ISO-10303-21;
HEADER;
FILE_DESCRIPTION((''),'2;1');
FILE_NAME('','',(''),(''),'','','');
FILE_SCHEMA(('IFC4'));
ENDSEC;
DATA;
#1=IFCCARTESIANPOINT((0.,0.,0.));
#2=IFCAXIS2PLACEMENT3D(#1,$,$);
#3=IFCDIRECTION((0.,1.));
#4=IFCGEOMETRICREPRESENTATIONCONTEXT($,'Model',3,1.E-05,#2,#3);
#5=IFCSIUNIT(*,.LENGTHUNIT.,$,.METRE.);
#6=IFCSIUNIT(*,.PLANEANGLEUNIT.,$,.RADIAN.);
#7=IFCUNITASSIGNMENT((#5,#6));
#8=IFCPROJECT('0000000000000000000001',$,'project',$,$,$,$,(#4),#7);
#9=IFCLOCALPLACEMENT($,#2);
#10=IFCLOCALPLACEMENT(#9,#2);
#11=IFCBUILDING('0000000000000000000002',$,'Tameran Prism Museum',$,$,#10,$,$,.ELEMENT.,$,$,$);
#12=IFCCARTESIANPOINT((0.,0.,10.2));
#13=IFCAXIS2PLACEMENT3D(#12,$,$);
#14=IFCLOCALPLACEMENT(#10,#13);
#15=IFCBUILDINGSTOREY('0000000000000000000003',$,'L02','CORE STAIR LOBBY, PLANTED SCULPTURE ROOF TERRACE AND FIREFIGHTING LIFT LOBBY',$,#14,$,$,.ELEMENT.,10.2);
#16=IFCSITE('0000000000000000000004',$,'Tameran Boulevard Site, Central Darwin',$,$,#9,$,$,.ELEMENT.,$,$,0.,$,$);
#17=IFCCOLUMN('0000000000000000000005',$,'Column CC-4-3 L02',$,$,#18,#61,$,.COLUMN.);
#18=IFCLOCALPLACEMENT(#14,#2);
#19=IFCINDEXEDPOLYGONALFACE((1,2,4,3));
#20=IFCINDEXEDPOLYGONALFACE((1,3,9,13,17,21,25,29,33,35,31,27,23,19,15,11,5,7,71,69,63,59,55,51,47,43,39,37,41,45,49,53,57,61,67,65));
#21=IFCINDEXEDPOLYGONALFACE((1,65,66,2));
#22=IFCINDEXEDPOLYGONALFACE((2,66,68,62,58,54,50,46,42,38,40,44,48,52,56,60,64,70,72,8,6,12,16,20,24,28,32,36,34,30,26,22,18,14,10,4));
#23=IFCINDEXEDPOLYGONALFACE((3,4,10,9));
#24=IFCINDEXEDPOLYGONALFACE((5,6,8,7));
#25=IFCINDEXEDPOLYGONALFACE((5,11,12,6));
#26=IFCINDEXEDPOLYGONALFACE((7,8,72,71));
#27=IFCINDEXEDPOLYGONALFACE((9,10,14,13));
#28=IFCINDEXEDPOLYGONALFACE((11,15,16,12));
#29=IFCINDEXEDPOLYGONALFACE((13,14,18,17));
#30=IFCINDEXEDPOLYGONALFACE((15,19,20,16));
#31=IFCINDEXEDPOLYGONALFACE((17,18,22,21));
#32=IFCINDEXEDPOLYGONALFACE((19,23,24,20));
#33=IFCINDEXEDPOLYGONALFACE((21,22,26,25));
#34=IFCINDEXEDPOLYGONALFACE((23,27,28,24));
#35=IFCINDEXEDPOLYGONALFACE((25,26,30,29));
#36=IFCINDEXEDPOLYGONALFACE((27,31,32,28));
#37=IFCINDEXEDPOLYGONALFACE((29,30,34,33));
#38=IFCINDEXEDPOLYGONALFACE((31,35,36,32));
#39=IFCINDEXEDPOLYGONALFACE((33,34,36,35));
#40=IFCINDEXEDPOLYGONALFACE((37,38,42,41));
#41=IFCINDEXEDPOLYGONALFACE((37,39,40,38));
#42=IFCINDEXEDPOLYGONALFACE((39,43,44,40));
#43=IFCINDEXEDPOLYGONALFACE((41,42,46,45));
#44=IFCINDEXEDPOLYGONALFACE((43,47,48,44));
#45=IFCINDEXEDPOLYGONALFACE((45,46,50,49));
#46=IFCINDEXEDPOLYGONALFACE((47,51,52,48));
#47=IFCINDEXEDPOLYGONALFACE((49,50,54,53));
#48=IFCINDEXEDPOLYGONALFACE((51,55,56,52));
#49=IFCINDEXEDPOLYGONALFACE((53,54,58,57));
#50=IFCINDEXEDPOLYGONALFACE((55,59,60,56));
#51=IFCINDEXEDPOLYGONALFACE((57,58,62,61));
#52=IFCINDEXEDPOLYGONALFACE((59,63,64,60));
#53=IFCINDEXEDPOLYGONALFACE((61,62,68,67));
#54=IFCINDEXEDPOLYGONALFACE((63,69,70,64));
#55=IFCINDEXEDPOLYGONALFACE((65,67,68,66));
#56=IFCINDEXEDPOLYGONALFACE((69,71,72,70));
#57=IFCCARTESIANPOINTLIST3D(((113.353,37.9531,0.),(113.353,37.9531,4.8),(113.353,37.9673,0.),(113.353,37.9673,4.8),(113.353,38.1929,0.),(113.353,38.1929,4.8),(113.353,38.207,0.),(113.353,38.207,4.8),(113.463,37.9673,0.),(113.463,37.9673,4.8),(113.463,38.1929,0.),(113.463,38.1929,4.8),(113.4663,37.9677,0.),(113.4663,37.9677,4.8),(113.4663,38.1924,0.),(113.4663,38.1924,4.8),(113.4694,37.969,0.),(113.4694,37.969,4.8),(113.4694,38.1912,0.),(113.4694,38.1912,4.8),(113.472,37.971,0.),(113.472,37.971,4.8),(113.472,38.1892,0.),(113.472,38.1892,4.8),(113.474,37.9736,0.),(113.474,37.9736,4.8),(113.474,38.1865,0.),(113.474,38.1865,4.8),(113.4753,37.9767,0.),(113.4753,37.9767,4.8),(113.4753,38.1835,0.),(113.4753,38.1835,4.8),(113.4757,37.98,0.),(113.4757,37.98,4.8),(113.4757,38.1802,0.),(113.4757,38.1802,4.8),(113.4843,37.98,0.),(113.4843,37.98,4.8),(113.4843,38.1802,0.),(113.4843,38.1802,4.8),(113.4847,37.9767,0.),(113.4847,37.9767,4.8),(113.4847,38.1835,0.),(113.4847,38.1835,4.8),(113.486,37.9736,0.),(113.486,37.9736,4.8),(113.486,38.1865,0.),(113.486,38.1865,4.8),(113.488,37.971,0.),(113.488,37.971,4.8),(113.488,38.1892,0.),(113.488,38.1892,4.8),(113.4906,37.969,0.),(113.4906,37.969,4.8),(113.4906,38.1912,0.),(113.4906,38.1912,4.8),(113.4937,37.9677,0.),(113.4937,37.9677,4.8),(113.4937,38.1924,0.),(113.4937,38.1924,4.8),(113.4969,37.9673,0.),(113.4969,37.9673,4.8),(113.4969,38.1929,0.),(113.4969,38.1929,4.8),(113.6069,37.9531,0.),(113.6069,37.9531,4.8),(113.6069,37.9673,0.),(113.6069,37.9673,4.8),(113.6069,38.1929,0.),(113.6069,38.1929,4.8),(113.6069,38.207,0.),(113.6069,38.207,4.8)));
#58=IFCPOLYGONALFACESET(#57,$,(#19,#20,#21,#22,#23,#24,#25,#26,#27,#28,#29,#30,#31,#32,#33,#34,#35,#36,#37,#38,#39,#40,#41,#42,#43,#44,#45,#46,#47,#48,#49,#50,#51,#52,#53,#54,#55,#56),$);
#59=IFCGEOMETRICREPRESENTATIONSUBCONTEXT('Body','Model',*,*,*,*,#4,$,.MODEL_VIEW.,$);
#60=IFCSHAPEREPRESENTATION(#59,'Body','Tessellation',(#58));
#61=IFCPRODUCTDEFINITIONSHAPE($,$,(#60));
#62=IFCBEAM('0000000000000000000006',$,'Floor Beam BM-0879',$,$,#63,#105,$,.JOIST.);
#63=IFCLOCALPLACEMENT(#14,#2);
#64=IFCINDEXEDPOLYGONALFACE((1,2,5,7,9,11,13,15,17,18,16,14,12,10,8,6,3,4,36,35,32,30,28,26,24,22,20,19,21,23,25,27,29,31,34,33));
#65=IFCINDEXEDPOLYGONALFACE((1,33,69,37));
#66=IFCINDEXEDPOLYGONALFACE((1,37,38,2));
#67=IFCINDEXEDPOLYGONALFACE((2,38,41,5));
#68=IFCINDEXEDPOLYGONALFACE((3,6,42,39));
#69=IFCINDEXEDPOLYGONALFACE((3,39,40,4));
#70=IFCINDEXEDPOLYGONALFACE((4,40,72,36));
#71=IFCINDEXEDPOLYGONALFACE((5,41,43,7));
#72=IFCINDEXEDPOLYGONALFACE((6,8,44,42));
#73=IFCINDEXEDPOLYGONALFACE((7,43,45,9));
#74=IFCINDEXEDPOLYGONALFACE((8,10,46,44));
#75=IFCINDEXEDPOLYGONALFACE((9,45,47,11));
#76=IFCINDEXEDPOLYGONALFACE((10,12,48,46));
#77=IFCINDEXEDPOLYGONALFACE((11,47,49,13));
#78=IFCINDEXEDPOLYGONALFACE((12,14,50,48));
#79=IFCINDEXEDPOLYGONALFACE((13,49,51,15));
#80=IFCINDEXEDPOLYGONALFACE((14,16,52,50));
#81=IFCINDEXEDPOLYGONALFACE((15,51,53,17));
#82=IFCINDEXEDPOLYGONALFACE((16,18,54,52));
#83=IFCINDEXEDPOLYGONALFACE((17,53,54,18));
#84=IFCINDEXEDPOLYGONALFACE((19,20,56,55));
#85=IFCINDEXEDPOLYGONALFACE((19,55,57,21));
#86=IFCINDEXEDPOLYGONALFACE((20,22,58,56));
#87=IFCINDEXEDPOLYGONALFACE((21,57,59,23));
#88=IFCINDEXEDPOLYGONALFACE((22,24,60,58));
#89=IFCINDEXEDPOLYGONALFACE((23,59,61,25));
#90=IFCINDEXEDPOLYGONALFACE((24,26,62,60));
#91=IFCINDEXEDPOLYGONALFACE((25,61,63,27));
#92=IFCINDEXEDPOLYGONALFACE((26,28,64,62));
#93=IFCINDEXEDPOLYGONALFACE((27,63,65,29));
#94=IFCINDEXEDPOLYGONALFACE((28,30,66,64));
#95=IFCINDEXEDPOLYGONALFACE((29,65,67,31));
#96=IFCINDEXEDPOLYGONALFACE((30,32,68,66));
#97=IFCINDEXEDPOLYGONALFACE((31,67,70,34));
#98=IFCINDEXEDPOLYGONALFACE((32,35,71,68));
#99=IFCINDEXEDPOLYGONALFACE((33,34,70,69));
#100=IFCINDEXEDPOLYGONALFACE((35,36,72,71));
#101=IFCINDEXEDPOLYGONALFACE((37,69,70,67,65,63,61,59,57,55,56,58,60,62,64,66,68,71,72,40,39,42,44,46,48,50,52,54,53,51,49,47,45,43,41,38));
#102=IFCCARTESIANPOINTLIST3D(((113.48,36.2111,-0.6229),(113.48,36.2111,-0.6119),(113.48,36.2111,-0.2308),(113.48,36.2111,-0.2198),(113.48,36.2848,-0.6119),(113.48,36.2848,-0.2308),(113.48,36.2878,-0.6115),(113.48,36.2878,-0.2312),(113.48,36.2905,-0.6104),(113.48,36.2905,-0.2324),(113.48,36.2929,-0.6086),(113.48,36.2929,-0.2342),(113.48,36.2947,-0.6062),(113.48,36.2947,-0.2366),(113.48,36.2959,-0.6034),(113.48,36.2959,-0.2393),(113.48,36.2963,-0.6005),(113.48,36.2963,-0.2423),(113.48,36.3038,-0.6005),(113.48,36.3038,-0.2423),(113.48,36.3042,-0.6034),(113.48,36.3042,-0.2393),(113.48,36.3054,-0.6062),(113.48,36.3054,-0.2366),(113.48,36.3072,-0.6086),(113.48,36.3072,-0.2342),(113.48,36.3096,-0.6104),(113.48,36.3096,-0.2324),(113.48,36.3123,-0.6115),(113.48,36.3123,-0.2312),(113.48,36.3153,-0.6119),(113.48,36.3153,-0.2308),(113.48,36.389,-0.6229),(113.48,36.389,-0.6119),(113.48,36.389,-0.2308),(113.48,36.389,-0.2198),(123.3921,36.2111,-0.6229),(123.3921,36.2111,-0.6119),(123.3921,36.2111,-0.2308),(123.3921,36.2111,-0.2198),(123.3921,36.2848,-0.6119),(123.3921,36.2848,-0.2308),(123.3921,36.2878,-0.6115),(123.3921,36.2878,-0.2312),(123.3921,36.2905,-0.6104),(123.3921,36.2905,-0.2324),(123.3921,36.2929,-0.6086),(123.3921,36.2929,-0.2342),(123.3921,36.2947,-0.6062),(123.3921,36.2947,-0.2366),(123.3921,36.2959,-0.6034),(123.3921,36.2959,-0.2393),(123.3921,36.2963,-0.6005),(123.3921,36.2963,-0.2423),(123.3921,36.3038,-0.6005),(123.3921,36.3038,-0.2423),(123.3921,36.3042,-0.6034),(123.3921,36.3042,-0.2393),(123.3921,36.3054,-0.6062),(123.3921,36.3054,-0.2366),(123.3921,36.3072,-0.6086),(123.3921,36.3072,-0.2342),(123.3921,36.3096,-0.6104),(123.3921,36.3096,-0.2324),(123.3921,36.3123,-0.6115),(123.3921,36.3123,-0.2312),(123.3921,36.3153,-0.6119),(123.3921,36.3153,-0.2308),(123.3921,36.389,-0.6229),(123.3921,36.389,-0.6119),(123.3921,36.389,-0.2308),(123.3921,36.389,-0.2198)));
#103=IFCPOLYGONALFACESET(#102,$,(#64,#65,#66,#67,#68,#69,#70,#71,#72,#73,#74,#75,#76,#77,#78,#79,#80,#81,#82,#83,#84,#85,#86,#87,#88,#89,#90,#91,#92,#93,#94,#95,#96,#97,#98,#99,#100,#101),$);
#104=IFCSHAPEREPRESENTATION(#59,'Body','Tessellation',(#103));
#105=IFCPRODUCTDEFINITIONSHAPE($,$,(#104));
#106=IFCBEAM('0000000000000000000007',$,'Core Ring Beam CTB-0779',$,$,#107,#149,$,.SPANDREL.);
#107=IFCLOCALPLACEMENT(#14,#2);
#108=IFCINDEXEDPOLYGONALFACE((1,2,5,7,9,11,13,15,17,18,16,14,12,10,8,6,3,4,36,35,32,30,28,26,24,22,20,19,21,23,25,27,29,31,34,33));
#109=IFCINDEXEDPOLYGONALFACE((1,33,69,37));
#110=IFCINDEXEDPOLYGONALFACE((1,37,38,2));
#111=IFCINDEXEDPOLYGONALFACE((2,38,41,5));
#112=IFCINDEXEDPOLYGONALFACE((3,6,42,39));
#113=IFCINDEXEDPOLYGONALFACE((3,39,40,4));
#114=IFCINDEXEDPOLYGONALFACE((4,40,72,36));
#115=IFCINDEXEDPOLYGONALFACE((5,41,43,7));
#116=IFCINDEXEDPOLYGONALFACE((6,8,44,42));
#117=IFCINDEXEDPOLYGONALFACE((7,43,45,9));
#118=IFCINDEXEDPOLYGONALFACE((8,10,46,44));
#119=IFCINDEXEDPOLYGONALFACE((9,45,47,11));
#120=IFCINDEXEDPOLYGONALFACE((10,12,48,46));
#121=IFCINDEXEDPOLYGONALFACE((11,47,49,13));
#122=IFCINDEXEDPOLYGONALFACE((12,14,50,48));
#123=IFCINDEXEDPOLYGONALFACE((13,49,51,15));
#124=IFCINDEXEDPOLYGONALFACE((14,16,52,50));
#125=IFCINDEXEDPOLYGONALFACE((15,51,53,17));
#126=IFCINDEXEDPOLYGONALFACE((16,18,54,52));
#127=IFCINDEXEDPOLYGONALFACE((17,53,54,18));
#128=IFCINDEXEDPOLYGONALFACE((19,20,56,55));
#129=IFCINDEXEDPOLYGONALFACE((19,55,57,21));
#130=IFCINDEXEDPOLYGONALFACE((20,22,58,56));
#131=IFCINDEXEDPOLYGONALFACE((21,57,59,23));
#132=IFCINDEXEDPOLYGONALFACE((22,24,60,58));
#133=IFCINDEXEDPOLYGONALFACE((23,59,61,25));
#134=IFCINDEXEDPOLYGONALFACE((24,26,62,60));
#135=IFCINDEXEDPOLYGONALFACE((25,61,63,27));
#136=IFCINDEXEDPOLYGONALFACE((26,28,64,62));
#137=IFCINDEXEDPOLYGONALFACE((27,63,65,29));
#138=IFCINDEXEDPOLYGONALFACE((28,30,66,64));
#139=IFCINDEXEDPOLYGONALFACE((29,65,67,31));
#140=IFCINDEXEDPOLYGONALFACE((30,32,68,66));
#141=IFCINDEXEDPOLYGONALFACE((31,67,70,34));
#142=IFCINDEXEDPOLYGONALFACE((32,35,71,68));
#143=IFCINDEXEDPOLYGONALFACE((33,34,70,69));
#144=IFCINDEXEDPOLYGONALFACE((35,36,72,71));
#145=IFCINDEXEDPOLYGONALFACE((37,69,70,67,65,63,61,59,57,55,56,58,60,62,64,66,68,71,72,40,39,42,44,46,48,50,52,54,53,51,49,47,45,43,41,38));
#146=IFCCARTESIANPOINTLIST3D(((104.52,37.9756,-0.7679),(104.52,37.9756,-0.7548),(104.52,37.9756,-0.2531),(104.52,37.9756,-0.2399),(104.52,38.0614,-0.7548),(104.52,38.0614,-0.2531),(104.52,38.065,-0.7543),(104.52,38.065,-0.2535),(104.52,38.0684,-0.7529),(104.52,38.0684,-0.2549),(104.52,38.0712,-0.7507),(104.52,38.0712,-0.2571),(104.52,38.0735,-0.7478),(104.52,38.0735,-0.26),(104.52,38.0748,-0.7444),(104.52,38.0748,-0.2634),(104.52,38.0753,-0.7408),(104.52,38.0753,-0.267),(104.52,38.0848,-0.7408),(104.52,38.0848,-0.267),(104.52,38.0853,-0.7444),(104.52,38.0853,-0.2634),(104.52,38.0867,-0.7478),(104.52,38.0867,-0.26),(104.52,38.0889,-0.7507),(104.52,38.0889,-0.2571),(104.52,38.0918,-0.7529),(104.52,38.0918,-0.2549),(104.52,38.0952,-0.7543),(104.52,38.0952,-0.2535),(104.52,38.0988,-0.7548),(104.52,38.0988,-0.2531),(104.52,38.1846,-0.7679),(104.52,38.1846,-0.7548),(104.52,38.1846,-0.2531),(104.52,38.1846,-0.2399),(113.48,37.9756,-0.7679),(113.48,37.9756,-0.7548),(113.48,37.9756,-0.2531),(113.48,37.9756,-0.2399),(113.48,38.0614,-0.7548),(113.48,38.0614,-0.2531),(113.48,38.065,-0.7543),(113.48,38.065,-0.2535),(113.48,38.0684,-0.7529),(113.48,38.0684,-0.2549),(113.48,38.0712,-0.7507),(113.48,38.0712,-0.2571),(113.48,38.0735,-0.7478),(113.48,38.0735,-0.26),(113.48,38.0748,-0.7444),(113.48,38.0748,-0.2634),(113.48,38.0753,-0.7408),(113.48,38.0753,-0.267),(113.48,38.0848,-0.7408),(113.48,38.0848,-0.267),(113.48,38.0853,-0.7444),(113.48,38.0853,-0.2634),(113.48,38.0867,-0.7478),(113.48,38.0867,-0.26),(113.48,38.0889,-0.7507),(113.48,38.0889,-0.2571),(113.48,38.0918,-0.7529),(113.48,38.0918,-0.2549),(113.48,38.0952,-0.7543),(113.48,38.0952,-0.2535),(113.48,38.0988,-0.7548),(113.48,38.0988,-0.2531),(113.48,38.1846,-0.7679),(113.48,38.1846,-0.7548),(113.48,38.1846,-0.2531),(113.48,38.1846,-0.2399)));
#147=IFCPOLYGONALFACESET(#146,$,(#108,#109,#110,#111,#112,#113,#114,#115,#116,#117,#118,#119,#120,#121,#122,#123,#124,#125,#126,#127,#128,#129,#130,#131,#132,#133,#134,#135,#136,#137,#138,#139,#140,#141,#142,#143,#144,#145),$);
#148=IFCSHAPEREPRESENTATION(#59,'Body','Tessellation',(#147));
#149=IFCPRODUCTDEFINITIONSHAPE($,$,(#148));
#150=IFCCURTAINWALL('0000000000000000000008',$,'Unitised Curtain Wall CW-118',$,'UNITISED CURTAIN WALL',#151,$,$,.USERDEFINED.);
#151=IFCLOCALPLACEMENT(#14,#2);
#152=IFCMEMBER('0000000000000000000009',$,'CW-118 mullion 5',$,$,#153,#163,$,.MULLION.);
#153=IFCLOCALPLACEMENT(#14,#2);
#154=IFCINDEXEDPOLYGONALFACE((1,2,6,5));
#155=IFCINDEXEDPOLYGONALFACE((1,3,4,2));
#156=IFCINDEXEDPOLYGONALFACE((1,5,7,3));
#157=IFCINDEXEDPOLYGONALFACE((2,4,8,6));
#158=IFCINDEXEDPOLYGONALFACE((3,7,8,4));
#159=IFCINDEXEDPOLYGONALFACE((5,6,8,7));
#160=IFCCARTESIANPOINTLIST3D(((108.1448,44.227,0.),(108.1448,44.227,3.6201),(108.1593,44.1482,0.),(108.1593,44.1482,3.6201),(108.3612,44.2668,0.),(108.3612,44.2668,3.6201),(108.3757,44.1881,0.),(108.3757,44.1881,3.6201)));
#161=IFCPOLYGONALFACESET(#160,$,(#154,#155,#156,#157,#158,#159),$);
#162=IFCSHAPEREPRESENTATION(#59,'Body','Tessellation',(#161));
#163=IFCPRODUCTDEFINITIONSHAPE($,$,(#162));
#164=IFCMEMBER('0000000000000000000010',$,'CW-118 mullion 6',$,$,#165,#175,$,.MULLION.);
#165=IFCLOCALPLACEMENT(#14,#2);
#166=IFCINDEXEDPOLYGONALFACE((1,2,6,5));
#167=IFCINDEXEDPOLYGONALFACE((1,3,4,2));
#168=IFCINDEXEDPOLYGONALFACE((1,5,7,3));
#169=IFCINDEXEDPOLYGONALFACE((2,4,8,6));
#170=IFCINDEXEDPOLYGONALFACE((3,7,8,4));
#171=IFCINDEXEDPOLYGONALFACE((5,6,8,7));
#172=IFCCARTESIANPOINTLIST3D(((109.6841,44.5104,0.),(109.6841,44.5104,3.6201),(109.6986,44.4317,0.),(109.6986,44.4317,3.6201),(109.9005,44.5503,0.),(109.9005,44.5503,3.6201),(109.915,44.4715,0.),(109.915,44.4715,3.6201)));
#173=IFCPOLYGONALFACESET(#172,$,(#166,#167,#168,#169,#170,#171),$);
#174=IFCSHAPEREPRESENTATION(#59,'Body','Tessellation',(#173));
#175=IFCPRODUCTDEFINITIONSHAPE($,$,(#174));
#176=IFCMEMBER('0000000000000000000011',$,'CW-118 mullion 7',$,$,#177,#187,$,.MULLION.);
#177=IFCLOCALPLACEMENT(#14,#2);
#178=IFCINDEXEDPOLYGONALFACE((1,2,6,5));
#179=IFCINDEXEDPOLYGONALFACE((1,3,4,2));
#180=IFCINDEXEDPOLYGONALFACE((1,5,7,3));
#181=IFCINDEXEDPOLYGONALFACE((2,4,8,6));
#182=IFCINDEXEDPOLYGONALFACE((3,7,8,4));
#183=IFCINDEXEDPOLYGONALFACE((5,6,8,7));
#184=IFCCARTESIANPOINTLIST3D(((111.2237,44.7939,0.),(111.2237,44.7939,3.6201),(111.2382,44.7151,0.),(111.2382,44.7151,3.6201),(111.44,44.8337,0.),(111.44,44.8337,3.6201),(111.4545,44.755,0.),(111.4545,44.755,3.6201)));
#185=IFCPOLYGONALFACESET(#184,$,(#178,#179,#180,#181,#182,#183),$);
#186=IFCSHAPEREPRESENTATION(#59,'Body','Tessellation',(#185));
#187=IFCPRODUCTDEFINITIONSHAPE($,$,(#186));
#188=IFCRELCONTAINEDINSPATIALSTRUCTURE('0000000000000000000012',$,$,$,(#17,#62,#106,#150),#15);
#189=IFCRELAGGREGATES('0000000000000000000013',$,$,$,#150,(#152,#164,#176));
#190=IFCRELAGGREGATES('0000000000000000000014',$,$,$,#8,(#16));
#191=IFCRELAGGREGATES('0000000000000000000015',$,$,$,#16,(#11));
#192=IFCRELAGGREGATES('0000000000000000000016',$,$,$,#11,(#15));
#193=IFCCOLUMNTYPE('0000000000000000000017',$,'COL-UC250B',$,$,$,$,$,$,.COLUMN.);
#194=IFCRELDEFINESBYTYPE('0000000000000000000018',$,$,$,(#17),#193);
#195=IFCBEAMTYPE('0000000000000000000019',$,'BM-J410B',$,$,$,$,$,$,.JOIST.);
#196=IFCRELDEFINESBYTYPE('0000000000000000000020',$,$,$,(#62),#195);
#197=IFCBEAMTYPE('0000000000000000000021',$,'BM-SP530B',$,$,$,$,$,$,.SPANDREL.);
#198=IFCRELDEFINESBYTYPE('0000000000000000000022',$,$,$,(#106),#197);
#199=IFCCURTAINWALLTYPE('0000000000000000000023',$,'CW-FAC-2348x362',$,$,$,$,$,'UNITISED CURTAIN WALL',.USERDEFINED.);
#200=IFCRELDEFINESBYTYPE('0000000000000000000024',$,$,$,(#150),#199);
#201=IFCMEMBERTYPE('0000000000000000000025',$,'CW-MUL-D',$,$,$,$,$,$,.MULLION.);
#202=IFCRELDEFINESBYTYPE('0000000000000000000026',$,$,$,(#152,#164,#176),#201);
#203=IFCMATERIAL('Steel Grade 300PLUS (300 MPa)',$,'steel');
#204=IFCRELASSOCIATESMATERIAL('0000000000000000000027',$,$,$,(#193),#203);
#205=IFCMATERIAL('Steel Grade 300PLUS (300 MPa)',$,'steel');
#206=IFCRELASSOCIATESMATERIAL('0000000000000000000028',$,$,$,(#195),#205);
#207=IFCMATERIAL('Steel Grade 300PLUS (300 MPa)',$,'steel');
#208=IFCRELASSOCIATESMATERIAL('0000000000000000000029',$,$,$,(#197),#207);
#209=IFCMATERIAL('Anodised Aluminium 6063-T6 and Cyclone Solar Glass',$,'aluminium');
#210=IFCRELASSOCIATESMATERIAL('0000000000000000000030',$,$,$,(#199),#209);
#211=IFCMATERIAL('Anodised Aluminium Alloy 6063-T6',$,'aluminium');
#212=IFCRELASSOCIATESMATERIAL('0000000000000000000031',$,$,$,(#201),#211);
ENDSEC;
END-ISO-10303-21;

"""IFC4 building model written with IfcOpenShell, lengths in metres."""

from ifc_helpers import new_model, si_unit, direction, frame, origin, origin_2d, place, context, subcontext, project, spatial, rectangle, i_section, extrude, material, material_profile, profile_set, type_object, element, aggregate, save


model = new_model("IFC4")

# Units and contexts
model_context = context("Model", 3, precision=1e-05, world=origin(), true_north=direction((0.0, 1.0)))
body_context = subcontext(model_context, "Body", "Model", "MODEL_VIEW")
ifc_project = project(units=[si_unit("LENGTHUNIT", "METRE"), si_unit("PLANEANGLEUNIT", "RADIAN")], contexts=[model_context])

# Site, building, storey
site_placement = place(None, origin())
site = spatial("IfcSite", under=ifc_project, at=site_placement, Name="Tameran Boulevard Site, Central Darwin", CompositionType="ELEMENT", RefElevation=0.0)
building_placement = place(site_placement, origin())
building = spatial("IfcBuilding", under=site, at=building_placement, Name="Tameran Prism Museum", CompositionType="ELEMENT")
storey_placement = place(building_placement, frame((0.0, 0.0, 10.2)))
storey = spatial("IfcBuildingStorey", under=building, at=storey_placement, Name="L02", Description="CORE STAIR LOBBY, PLANTED SCULPTURE ROOF TERRACE AND FIREFIGHTING LIFT LOBBY", CompositionType="ELEMENT", Elevation=10.2)

# Column
ifc_material_1 = material(Name="Steel Grade 300PLUS (300 MPa)", Category="steel")
ifc_material_profile_1 = material_profile(ifc_material_1, i_section(OverallWidth=0.2539, OverallDepth=0.2539, WebThickness=0.0085, FlangeThickness=0.0142, FilletRadius=0.0127, at=origin_2d()))
ifc_profile_set_1 = profile_set([ifc_material_profile_1])
column_type = type_object("IfcColumnType", Name="COL-UC250B", PredefinedType="COLUMN", material=ifc_profile_set_1)
column_placement = place(storey_placement, frame((113.48, 38.0801, 0.0), z_axis=(0.0, 0.0, 1.0), x_axis=(1.0, 0.0, 0.0)))
element("IfcColumn", 1, at=column_placement, inside=storey, type_object=column_type, Name="Column CC-4-3 L02", PredefinedType="COLUMN", context=body_context, shape_type="SweptSolid", body=[
    extrude(i_section(OverallWidth=0.2539, OverallDepth=0.2539, WebThickness=0.0085, FlangeThickness=0.0142, FilletRadius=0.0127, at=origin_2d()), origin(), (0.0, 0.0, 1.0), 4.8),
])

# Beams
ifc_material_2 = material(Name="Steel Grade 300PLUS (300 MPa)", Category="steel")
ifc_material_profile_2 = material_profile(ifc_material_2, i_section(OverallWidth=0.178, OverallDepth=0.4031, WebThickness=0.0076, FlangeThickness=0.011, FilletRadius=0.0115, at=origin_2d()))
ifc_profile_set_2 = profile_set([ifc_material_profile_2])
beam_type_1 = type_object("IfcBeamType", Name="BM-J410B", PredefinedType="JOIST", material=ifc_profile_set_2)
beam_1_placement = place(storey_placement, frame((113.48, 36.3, -0.4214), z_axis=(1.0, 0.0, 0.0), x_axis=(0.0, 1.0, 0.0)))
element("IfcBeam", 2, at=beam_1_placement, inside=storey, type_object=beam_type_1, Name="Floor Beam BM-0879", PredefinedType="JOIST", context=body_context, shape_type="SweptSolid", body=[
    extrude(i_section(OverallWidth=0.178, OverallDepth=0.4031, WebThickness=0.0076, FlangeThickness=0.011, FilletRadius=0.0115, at=origin_2d()), origin(), (0.0, 0.0, 1.0), 9.9121),
])
ifc_material_3 = material(Name="Steel Grade 300PLUS (300 MPa)", Category="steel")
ifc_material_profile_3 = material_profile(ifc_material_3, i_section(OverallWidth=0.209, OverallDepth=0.5281, WebThickness=0.0095, FlangeThickness=0.0132, FilletRadius=0.0139, at=origin_2d()))
ifc_profile_set_3 = profile_set([ifc_material_profile_3])
beam_type_2 = type_object("IfcBeamType", Name="BM-SP530B", PredefinedType="SPANDREL", material=ifc_profile_set_3)
beam_2_placement = place(storey_placement, frame((113.48, 38.0801, -0.5039), z_axis=(-1.0, 0.0, 0.0), x_axis=(0.0, -1.0, 0.0)))
element("IfcBeam", 3, at=beam_2_placement, inside=storey, type_object=beam_type_2, Name="Core Ring Beam CTB-0779", PredefinedType="SPANDREL", context=body_context, shape_type="SweptSolid", body=[
    extrude(i_section(OverallWidth=0.209, OverallDepth=0.5281, WebThickness=0.0095, FlangeThickness=0.0132, FilletRadius=0.0139, at=origin_2d()), origin(), (0.0, 0.0, 1.0), 8.96),
])

# Curtain wall, members
ifc_material_4 = material(Name="Anodised Aluminium 6063-T6 and Cyclone Solar Glass", Category="aluminium")
curtain_wall_type = type_object("IfcCurtainWallType", Name="CW-FAC-2348x362", ElementType="UNITISED CURTAIN WALL", PredefinedType="USERDEFINED", material=ifc_material_4)
curtain_wall_placement = place(storey_placement, origin())
curtain_wall = element("IfcCurtainWall", 4, at=curtain_wall_placement, inside=storey, type_object=curtain_wall_type, Name="Unitised Curtain Wall CW-118", ObjectType="UNITISED CURTAIN WALL", PredefinedType="USERDEFINED")
ifc_material_5 = material(Name="Anodised Aluminium Alloy 6063-T6", Category="aluminium")
ifc_material_profile_4 = material_profile(ifc_material_5, rectangle(XDim=0.0801, YDim=0.22, at=origin_2d()))
ifc_profile_set_4 = profile_set([ifc_material_profile_4])
member_type_1 = type_object("IfcMemberType", Name="CW-MUL-D", PredefinedType="MULLION", material=ifc_profile_set_4)
member_1_placement = place(storey_placement, frame((108.2603, 44.2075, 0.0), z_axis=(0.0, 0.0, 1.0), x_axis=(-0.181063, 0.983472, 0.0)))
member_1 = element("IfcMember", 5, at=member_1_placement, type_object=member_type_1, Name="CW-118 mullion 5", PredefinedType="MULLION", context=body_context, shape_type="SweptSolid", body=[
    extrude(rectangle(XDim=0.0801, YDim=0.22, at=origin_2d()), origin(), (0.0, 0.0, 1.0), 3.6201),
])
member_2_placement = place(storey_placement, frame((109.7996, 44.491, 0.0), z_axis=(0.0, 0.0, 1.0), x_axis=(-0.181063, 0.983472, 0.0)))
member_2 = element("IfcMember", 6, at=member_2_placement, type_object=member_type_1, Name="CW-118 mullion 6", PredefinedType="MULLION", context=body_context, shape_type="SweptSolid", body=[
    extrude(rectangle(XDim=0.0801, YDim=0.22, at=origin_2d()), origin(), (0.0, 0.0, 1.0), 3.6201),
])
member_3_placement = place(storey_placement, frame((111.3391, 44.7744, 0.0), z_axis=(0.0, 0.0, 1.0), x_axis=(-0.181063, 0.983472, 0.0)))
member_3 = element("IfcMember", 7, at=member_3_placement, type_object=member_type_1, Name="CW-118 mullion 7", PredefinedType="MULLION", context=body_context, shape_type="SweptSolid", body=[
    extrude(rectangle(XDim=0.0801, YDim=0.22, at=origin_2d()), origin(), (0.0, 0.0, 1.0), 3.6201),
])
aggregate(curtain_wall, [member_1, member_2, member_3])

save(model, "model.ifc")
